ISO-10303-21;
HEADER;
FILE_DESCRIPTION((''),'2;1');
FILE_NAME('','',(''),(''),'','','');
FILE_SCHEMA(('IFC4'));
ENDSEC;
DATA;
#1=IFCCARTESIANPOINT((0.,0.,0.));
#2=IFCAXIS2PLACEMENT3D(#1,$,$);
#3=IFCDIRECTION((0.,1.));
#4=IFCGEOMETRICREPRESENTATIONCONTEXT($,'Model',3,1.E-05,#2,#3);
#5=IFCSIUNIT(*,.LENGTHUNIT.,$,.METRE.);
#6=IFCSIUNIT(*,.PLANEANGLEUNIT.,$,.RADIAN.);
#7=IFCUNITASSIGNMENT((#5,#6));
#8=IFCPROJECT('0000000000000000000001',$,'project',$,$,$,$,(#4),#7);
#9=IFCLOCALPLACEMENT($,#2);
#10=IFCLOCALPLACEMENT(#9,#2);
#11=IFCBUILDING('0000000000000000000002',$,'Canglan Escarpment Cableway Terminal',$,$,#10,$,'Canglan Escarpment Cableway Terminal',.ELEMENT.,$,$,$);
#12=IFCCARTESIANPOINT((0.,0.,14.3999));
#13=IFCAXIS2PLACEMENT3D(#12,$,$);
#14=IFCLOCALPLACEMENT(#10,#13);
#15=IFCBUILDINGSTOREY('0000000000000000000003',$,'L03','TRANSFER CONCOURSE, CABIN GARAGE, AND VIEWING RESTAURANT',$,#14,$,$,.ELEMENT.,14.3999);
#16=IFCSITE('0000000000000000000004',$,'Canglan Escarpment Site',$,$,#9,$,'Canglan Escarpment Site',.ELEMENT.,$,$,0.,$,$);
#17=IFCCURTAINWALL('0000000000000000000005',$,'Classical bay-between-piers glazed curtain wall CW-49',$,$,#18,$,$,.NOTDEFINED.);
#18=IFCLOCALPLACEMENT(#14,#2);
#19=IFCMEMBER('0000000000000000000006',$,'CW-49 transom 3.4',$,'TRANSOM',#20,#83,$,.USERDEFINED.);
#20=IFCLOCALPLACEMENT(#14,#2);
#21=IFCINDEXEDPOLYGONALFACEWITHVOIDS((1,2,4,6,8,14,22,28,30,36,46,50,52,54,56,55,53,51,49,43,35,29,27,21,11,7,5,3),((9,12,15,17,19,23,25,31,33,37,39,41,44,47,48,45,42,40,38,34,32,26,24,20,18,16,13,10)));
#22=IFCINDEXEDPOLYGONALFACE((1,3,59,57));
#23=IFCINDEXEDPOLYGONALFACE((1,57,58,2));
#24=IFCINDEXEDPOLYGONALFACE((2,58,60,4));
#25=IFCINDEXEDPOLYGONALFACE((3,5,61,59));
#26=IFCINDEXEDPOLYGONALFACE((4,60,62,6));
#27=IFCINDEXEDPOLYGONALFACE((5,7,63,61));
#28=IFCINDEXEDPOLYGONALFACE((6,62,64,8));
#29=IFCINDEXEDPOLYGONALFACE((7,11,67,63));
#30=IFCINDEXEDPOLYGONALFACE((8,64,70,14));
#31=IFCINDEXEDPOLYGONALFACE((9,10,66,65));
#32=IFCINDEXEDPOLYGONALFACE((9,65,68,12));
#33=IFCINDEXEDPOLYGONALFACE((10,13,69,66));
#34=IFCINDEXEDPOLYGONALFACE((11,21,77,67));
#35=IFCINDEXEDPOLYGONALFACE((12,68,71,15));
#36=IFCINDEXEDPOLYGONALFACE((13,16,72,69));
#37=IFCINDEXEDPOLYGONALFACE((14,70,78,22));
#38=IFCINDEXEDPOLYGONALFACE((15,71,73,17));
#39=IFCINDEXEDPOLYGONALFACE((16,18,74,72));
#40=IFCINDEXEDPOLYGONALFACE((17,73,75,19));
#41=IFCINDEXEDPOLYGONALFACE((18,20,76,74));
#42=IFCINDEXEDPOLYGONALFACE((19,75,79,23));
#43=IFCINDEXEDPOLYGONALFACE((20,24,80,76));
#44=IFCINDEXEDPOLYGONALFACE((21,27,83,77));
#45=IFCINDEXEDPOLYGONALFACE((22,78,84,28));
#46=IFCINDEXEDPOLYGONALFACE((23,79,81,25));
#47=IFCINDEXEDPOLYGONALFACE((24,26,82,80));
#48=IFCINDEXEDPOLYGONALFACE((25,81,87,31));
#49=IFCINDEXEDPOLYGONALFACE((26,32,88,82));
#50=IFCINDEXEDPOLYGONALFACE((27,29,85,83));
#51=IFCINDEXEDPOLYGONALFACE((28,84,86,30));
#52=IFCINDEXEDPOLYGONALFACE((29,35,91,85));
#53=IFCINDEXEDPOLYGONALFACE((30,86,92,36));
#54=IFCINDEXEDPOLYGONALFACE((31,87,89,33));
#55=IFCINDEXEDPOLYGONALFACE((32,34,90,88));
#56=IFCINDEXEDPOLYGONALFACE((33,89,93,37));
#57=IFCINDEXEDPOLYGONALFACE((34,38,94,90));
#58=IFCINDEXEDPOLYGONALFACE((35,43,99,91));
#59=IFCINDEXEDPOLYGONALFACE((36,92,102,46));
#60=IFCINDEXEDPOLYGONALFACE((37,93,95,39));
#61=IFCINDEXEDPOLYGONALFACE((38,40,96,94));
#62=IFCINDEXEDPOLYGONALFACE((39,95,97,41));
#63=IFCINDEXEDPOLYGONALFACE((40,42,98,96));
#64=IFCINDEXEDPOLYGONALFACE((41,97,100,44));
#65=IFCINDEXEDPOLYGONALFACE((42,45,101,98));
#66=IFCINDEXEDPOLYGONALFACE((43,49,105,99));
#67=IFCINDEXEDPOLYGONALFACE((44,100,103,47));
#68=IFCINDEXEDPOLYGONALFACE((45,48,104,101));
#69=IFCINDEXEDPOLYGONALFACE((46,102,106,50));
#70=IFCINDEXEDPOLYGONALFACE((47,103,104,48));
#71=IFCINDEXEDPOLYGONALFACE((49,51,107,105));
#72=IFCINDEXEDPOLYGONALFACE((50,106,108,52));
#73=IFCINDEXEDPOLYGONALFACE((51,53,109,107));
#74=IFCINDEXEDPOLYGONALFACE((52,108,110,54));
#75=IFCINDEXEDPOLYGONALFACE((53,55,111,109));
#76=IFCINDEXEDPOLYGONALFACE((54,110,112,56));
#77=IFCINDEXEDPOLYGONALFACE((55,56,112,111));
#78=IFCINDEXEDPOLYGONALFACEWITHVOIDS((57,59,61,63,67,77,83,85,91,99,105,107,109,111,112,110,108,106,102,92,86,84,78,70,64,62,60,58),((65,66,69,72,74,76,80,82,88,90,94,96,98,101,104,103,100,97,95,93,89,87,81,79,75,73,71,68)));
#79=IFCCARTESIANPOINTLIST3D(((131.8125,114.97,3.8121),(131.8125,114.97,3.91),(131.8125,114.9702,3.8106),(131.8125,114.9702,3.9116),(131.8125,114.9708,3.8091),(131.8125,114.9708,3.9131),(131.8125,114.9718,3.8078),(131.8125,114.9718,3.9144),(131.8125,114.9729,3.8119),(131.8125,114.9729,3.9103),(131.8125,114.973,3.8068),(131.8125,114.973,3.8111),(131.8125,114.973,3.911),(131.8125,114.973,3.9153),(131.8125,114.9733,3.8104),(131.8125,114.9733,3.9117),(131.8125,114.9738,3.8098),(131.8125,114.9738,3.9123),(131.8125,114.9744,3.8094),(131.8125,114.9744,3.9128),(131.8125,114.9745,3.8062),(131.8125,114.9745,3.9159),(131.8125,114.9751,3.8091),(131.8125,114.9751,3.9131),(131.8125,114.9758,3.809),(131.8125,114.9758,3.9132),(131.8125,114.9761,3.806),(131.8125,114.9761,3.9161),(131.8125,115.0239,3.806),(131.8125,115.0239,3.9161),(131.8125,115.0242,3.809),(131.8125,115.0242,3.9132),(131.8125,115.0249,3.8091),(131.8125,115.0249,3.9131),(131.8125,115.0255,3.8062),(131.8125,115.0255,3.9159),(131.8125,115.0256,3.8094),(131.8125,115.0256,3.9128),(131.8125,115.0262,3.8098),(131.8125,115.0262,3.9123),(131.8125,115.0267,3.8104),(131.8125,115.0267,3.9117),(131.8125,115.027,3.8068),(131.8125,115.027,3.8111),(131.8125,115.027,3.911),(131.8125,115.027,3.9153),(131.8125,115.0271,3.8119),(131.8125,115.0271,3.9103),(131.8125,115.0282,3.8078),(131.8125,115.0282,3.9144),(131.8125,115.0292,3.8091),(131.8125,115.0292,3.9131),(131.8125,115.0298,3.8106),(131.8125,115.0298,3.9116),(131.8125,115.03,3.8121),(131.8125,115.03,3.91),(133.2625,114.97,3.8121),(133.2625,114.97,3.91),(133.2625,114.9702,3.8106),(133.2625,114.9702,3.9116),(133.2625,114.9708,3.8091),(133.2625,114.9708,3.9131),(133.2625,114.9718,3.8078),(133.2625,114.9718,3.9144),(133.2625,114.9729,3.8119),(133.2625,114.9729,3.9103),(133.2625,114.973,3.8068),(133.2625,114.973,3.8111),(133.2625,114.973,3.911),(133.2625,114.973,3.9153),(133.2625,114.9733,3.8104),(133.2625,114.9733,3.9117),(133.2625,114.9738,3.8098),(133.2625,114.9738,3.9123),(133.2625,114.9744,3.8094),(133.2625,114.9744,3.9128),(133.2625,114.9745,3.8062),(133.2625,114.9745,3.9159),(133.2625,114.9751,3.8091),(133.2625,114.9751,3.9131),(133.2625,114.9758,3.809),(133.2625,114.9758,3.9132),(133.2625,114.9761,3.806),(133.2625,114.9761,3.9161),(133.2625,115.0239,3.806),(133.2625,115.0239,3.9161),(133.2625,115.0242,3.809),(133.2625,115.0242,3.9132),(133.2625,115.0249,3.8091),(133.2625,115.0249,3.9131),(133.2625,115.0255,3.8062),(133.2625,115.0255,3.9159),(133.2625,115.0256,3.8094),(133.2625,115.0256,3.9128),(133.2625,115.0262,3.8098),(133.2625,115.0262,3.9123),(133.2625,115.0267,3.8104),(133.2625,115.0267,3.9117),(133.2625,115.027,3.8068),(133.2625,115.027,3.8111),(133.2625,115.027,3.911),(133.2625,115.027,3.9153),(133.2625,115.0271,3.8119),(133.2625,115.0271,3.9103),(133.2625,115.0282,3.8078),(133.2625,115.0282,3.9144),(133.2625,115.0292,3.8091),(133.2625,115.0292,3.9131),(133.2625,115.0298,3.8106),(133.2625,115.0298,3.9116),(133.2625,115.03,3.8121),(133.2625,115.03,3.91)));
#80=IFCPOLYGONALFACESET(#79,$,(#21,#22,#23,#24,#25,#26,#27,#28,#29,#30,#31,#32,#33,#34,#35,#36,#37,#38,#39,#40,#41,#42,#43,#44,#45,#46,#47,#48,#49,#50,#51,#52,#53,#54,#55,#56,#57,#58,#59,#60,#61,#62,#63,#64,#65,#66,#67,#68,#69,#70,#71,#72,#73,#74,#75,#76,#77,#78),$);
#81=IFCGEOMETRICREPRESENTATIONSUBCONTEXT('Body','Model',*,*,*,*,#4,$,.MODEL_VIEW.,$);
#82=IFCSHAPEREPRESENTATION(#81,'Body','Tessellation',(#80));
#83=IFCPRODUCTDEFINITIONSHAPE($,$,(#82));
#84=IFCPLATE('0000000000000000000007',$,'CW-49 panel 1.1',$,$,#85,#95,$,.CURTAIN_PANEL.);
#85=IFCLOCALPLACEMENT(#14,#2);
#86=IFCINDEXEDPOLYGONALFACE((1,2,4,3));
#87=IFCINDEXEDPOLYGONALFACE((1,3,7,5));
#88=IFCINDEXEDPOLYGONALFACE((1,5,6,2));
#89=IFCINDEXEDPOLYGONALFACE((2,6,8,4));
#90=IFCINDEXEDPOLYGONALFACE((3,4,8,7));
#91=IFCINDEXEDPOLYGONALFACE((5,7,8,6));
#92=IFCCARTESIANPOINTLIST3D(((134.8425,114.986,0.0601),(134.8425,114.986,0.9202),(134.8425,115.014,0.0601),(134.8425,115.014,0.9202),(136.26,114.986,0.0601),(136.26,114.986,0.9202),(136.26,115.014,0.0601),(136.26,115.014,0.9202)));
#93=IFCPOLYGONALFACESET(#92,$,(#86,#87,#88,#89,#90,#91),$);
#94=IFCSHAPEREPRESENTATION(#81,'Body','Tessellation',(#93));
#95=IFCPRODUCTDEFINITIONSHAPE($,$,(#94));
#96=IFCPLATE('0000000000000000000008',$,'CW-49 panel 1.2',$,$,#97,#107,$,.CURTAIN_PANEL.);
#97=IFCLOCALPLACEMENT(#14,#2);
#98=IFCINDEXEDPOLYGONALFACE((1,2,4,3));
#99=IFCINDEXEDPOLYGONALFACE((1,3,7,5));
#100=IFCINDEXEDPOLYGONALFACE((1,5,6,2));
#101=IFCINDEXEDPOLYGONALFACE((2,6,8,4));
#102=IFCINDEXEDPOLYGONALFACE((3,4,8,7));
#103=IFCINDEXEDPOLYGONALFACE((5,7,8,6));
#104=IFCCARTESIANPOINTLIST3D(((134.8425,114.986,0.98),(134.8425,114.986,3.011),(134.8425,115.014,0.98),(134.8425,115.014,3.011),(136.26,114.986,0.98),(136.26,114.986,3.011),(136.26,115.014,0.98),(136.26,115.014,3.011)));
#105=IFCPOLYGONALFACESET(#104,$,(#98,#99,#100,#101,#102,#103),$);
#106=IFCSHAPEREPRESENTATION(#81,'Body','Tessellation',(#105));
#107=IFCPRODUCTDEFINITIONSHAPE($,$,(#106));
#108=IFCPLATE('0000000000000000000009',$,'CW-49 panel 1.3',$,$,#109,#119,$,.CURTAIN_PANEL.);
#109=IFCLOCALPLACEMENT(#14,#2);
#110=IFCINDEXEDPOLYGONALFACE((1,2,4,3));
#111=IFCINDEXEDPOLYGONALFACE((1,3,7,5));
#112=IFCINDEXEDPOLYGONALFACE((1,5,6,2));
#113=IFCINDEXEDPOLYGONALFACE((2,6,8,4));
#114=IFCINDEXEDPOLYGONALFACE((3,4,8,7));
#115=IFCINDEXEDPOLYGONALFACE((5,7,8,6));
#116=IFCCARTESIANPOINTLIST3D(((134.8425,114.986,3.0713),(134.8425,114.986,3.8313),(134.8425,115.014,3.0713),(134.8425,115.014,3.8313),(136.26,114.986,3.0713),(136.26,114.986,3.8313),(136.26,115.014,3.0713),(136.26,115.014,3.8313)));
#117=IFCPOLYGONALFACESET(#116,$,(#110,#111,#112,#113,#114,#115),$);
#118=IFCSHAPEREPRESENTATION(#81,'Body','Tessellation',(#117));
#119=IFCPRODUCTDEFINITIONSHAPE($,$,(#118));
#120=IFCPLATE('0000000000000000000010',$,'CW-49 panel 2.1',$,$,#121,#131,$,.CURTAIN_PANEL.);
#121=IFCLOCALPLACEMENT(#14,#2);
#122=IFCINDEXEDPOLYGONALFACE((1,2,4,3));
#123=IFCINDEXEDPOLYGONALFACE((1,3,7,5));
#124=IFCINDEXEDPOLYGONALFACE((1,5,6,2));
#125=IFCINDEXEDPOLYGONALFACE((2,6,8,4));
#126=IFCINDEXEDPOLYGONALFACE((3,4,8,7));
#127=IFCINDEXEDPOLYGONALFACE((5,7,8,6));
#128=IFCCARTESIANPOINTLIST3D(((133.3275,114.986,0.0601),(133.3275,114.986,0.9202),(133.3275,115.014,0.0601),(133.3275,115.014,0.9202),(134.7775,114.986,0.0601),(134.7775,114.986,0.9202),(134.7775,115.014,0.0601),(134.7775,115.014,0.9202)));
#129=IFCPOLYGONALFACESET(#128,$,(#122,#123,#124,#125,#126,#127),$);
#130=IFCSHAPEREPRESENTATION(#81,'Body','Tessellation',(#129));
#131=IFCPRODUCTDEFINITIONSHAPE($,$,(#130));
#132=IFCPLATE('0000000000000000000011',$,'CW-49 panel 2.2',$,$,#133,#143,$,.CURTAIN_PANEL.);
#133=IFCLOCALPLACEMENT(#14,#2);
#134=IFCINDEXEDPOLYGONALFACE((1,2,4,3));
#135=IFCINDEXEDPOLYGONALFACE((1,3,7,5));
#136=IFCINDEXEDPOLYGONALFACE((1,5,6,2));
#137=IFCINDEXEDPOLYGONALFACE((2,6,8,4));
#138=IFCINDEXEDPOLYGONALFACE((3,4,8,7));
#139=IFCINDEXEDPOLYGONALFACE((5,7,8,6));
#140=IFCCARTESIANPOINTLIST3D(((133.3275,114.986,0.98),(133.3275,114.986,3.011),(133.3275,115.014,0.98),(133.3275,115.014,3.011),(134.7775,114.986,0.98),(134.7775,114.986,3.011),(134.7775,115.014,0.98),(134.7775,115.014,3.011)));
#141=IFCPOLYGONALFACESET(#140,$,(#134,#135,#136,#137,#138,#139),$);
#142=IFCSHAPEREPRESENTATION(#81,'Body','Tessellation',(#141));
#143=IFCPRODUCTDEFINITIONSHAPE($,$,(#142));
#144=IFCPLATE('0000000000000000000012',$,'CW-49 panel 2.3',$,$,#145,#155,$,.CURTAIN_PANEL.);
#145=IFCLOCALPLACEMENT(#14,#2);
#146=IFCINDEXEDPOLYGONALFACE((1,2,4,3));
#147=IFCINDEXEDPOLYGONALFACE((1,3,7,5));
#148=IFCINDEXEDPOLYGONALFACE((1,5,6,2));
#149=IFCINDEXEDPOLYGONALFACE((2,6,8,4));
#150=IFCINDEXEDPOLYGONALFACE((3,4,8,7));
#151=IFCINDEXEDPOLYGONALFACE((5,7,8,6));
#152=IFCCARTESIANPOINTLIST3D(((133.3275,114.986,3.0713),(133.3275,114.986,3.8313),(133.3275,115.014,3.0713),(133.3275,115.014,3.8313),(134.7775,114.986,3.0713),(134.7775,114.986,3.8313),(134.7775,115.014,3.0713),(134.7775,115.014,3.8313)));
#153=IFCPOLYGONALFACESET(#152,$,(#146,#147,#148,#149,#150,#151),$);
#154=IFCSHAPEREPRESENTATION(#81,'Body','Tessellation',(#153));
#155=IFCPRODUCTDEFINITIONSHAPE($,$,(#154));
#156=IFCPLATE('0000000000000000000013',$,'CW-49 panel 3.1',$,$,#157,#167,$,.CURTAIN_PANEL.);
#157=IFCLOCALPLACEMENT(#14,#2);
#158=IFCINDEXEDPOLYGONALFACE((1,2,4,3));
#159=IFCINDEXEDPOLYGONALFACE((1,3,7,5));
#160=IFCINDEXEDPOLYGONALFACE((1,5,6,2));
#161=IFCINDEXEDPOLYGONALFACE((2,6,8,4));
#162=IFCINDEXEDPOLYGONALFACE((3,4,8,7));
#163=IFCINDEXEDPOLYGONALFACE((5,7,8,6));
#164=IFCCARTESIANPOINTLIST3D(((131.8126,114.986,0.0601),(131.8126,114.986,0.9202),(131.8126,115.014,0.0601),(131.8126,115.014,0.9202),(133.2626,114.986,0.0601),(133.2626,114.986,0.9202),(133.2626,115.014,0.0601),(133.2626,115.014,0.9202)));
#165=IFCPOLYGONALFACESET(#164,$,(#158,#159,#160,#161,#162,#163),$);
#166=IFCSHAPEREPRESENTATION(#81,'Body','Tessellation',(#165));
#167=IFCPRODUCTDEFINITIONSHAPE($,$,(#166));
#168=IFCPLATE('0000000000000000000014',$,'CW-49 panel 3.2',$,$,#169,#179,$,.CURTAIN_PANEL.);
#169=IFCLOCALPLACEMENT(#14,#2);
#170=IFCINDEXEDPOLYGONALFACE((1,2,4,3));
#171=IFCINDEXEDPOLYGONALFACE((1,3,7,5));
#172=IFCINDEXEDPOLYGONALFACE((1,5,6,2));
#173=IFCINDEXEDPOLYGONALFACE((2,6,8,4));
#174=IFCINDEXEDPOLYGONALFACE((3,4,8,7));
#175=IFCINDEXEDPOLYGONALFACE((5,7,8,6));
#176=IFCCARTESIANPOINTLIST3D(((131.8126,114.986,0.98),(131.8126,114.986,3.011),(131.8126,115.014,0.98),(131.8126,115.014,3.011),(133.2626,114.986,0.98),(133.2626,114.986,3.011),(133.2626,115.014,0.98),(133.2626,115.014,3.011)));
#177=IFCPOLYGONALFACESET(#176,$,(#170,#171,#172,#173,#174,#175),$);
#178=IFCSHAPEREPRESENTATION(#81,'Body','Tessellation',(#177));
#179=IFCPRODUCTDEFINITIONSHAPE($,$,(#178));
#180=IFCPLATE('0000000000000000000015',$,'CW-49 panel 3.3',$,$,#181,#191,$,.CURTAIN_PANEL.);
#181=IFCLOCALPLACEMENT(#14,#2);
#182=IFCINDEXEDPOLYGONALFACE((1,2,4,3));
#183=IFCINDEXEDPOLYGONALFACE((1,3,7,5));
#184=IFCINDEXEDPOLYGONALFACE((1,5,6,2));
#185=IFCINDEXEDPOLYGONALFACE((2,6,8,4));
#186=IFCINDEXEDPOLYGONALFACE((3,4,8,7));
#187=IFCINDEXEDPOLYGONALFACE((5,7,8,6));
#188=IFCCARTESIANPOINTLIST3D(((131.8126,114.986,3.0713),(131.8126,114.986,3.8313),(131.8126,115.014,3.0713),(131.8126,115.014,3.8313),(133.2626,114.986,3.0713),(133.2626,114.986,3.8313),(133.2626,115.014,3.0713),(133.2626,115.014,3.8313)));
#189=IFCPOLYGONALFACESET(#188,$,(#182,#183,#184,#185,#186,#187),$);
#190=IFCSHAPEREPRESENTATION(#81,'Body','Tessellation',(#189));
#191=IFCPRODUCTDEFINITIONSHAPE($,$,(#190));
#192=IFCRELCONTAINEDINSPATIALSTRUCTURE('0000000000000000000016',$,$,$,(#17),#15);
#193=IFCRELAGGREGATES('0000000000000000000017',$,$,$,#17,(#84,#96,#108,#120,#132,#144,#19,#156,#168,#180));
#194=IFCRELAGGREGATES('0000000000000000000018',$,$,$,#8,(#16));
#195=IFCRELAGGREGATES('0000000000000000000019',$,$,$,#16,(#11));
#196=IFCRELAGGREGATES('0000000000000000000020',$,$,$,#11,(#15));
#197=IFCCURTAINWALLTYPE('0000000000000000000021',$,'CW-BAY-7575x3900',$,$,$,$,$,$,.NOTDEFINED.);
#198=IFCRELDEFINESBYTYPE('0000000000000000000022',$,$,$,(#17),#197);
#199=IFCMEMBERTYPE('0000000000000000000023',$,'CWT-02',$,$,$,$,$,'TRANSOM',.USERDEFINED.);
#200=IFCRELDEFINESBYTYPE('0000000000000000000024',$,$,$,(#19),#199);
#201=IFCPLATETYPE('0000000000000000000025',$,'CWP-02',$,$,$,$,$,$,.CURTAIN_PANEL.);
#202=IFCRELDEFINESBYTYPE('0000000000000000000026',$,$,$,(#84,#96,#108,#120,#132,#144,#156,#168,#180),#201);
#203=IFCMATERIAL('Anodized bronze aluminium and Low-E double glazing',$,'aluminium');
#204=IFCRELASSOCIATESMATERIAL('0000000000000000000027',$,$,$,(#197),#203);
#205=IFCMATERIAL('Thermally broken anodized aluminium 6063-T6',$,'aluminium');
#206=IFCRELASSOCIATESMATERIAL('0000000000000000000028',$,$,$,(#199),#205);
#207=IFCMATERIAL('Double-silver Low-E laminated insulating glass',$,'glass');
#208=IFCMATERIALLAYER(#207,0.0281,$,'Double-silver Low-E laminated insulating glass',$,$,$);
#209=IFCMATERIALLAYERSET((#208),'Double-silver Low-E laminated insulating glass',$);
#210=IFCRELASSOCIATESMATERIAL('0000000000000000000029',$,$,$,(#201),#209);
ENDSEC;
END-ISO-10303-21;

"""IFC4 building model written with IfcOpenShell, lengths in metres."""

from ifc_helpers import new_model, si_unit, direction, frame, origin, origin_2d, place, context, subcontext, project, spatial, rectangle, hollow_rectangle, extrude, material, layer, layer_set, material_profile, profile_set, type_object, element, aggregate, save


model = new_model("IFC4")

# Units and contexts
model_context = context("Model", 3, precision=1e-05, world=origin(), true_north=direction((0.0, 1.0)))
body_context = subcontext(model_context, "Body", "Model", "MODEL_VIEW")
ifc_project = project(units=[si_unit("LENGTHUNIT", "METRE"), si_unit("PLANEANGLEUNIT", "RADIAN")], contexts=[model_context])

# Site, building, storey
site_placement = place(None, origin())
site = spatial("IfcSite", under=ifc_project, at=site_placement, Name="Canglan Escarpment Site", LongName="Canglan Escarpment Site", CompositionType="ELEMENT", RefElevation=0.0)
building_placement = place(site_placement, origin())
building = spatial("IfcBuilding", under=site, at=building_placement, Name="Canglan Escarpment Cableway Terminal", LongName="Canglan Escarpment Cableway Terminal", CompositionType="ELEMENT")
storey_placement = place(building_placement, frame((0.0, 0.0, 14.3999)))
storey = spatial("IfcBuildingStorey", under=building, at=storey_placement, Name="L03", Description="TRANSFER CONCOURSE, CABIN GARAGE, AND VIEWING RESTAURANT", CompositionType="ELEMENT", Elevation=14.3999)

# Curtain wall, member, plates
ifc_material_1 = material(Name="Anodized bronze aluminium and Low-E double glazing", Category="aluminium")
curtain_wall_type = type_object("IfcCurtainWallType", Name="CW-BAY-7575x3900", PredefinedType="NOTDEFINED", material=ifc_material_1)
curtain_wall_placement = place(storey_placement, origin())
curtain_wall = element("IfcCurtainWall", 1, at=curtain_wall_placement, inside=storey, type_object=curtain_wall_type, Name="Classical bay-between-piers glazed curtain wall CW-49", PredefinedType="NOTDEFINED")
ifc_material_2 = material(Name="Thermally broken anodized aluminium 6063-T6", Category="aluminium")
ifc_material_profile_1 = material_profile(ifc_material_2, hollow_rectangle(XDim=0.0601, YDim=0.1101, WallThickness=0.0029, InnerFilletRadius=0.0029, OuterFilletRadius=0.0061, at=origin_2d()), Name="ALU-TRAN 60x110x3")
ifc_profile_set_1 = profile_set([ifc_material_profile_1], Name="Thermally broken anodized aluminium 6063-T6")
member_type_1 = type_object("IfcMemberType", Name="CWT-02", ElementType="TRANSOM", PredefinedType="USERDEFINED", material=ifc_profile_set_1)
member_1_placement = place(storey_placement, frame((133.2625, 115.0, 3.8611), z_axis=(-1.0, 0.0, 0.0), x_axis=(0.0, -1.0, 0.0)))
member_1 = element("IfcMember", 2, at=member_1_placement, type_object=member_type_1, Name="CW-49 transom 3.4", ObjectType="TRANSOM", PredefinedType="USERDEFINED", context=body_context, shape_type="SweptSolid", body=[
    extrude(hollow_rectangle(XDim=0.0601, YDim=0.1101, WallThickness=0.0029, InnerFilletRadius=0.0029, OuterFilletRadius=0.0061, at=origin_2d()), origin(), (0.0, 0.0, 1.0), 1.45),
])
ifc_material_3 = material(Name="Double-silver Low-E laminated insulating glass", Category="glass")
ifc_layer = layer(ifc_material_3, 0.0281, Name="Double-silver Low-E laminated insulating glass")
ifc_layer_set = layer_set([ifc_layer], Name="Double-silver Low-E laminated insulating glass")
plate_type = type_object("IfcPlateType", Name="CWP-02", PredefinedType="CURTAIN_PANEL", material=ifc_layer_set)
plate_1_placement = place(storey_placement, frame((135.5513, 115.0, 0.0601), z_axis=(0.0, 0.0, 1.0), x_axis=(-1.0, 0.0, 0.0)))
plate_1 = element("IfcPlate", 3, at=plate_1_placement, type_object=plate_type, Name="CW-49 panel 1.1", PredefinedType="CURTAIN_PANEL", context=body_context, shape_type="SweptSolid", body=[
    extrude(rectangle(XDim=1.4175, YDim=0.0281, at=origin_2d()), origin(), (0.0, 0.0, 1.0), 0.8601),
])
plate_2_placement = place(storey_placement, frame((135.5513, 115.0, 0.98), z_axis=(0.0, 0.0, 1.0), x_axis=(-1.0, 0.0, 0.0)))
plate_2 = element("IfcPlate", 4, at=plate_2_placement, type_object=plate_type, Name="CW-49 panel 1.2", PredefinedType="CURTAIN_PANEL", context=body_context, shape_type="SweptSolid", body=[
    extrude(rectangle(XDim=1.4175, YDim=0.0281, at=origin_2d()), origin(), (0.0, 0.0, 1.0), 2.031),
])
plate_3_placement = place(storey_placement, frame((135.5513, 115.0, 3.0713), z_axis=(0.0, 0.0, 1.0), x_axis=(-1.0, 0.0, 0.0)))
plate_3 = element("IfcPlate", 5, at=plate_3_placement, type_object=plate_type, Name="CW-49 panel 1.3", PredefinedType="CURTAIN_PANEL", context=body_context, shape_type="SweptSolid", body=[
    extrude(rectangle(XDim=1.4175, YDim=0.0281, at=origin_2d()), origin(), (0.0, 0.0, 1.0), 0.76),
])
plate_4_placement = place(storey_placement, frame((134.0525, 115.0, 0.0601), z_axis=(0.0, 0.0, 1.0), x_axis=(-1.0, 0.0, 0.0)))
plate_4 = element("IfcPlate", 6, at=plate_4_placement, type_object=plate_type, Name="CW-49 panel 2.1", PredefinedType="CURTAIN_PANEL", context=body_context, shape_type="SweptSolid", body=[
    extrude(rectangle(XDim=1.45, YDim=0.0281, at=origin_2d()), origin(), (0.0, 0.0, 1.0), 0.8601),
])
plate_5_placement = place(storey_placement, frame((134.0525, 115.0, 0.98), z_axis=(0.0, 0.0, 1.0), x_axis=(-1.0, 0.0, 0.0)))
plate_5 = element("IfcPlate", 7, at=plate_5_placement, type_object=plate_type, Name="CW-49 panel 2.2", PredefinedType="CURTAIN_PANEL", context=body_context, shape_type="SweptSolid", body=[
    extrude(rectangle(XDim=1.45, YDim=0.0281, at=origin_2d()), origin(), (0.0, 0.0, 1.0), 2.031),
])
plate_6_placement = place(storey_placement, frame((134.0525, 115.0, 3.0713), z_axis=(0.0, 0.0, 1.0), x_axis=(-1.0, 0.0, 0.0)))
plate_6 = element("IfcPlate", 8, at=plate_6_placement, type_object=plate_type, Name="CW-49 panel 2.3", PredefinedType="CURTAIN_PANEL", context=body_context, shape_type="SweptSolid", body=[
    extrude(rectangle(XDim=1.45, YDim=0.0281, at=origin_2d()), origin(), (0.0, 0.0, 1.0), 0.76),
])
plate_7_placement = place(storey_placement, frame((132.5376, 115.0, 0.0601), z_axis=(0.0, 0.0, 1.0), x_axis=(-1.0, 0.0, 0.0)))
plate_7 = element("IfcPlate", 9, at=plate_7_placement, type_object=plate_type, Name="CW-49 panel 3.1", PredefinedType="CURTAIN_PANEL", context=body_context, shape_type="SweptSolid", body=[
    extrude(rectangle(XDim=1.45, YDim=0.0281, at=origin_2d()), origin(), (0.0, 0.0, 1.0), 0.8601),
])
plate_8_placement = place(storey_placement, frame((132.5376, 115.0, 0.98), z_axis=(0.0, 0.0, 1.0), x_axis=(-1.0, 0.0, 0.0)))
plate_8 = element("IfcPlate", 10, at=plate_8_placement, type_object=plate_type, Name="CW-49 panel 3.2", PredefinedType="CURTAIN_PANEL", context=body_context, shape_type="SweptSolid", body=[
    extrude(rectangle(XDim=1.45, YDim=0.0281, at=origin_2d()), origin(), (0.0, 0.0, 1.0), 2.031),
])
plate_9_placement = place(storey_placement, frame((132.5376, 115.0, 3.0713), z_axis=(0.0, 0.0, 1.0), x_axis=(-1.0, 0.0, 0.0)))
plate_9 = element("IfcPlate", 11, at=plate_9_placement, type_object=plate_type, Name="CW-49 panel 3.3", PredefinedType="CURTAIN_PANEL", context=body_context, shape_type="SweptSolid", body=[
    extrude(rectangle(XDim=1.45, YDim=0.0281, at=origin_2d()), origin(), (0.0, 0.0, 1.0), 0.76),
])
aggregate(curtain_wall, [plate_1, plate_2, plate_3, plate_4, plate_5, plate_6, member_1, plate_7, plate_8, plate_9])

save(model, "model.ifc")
